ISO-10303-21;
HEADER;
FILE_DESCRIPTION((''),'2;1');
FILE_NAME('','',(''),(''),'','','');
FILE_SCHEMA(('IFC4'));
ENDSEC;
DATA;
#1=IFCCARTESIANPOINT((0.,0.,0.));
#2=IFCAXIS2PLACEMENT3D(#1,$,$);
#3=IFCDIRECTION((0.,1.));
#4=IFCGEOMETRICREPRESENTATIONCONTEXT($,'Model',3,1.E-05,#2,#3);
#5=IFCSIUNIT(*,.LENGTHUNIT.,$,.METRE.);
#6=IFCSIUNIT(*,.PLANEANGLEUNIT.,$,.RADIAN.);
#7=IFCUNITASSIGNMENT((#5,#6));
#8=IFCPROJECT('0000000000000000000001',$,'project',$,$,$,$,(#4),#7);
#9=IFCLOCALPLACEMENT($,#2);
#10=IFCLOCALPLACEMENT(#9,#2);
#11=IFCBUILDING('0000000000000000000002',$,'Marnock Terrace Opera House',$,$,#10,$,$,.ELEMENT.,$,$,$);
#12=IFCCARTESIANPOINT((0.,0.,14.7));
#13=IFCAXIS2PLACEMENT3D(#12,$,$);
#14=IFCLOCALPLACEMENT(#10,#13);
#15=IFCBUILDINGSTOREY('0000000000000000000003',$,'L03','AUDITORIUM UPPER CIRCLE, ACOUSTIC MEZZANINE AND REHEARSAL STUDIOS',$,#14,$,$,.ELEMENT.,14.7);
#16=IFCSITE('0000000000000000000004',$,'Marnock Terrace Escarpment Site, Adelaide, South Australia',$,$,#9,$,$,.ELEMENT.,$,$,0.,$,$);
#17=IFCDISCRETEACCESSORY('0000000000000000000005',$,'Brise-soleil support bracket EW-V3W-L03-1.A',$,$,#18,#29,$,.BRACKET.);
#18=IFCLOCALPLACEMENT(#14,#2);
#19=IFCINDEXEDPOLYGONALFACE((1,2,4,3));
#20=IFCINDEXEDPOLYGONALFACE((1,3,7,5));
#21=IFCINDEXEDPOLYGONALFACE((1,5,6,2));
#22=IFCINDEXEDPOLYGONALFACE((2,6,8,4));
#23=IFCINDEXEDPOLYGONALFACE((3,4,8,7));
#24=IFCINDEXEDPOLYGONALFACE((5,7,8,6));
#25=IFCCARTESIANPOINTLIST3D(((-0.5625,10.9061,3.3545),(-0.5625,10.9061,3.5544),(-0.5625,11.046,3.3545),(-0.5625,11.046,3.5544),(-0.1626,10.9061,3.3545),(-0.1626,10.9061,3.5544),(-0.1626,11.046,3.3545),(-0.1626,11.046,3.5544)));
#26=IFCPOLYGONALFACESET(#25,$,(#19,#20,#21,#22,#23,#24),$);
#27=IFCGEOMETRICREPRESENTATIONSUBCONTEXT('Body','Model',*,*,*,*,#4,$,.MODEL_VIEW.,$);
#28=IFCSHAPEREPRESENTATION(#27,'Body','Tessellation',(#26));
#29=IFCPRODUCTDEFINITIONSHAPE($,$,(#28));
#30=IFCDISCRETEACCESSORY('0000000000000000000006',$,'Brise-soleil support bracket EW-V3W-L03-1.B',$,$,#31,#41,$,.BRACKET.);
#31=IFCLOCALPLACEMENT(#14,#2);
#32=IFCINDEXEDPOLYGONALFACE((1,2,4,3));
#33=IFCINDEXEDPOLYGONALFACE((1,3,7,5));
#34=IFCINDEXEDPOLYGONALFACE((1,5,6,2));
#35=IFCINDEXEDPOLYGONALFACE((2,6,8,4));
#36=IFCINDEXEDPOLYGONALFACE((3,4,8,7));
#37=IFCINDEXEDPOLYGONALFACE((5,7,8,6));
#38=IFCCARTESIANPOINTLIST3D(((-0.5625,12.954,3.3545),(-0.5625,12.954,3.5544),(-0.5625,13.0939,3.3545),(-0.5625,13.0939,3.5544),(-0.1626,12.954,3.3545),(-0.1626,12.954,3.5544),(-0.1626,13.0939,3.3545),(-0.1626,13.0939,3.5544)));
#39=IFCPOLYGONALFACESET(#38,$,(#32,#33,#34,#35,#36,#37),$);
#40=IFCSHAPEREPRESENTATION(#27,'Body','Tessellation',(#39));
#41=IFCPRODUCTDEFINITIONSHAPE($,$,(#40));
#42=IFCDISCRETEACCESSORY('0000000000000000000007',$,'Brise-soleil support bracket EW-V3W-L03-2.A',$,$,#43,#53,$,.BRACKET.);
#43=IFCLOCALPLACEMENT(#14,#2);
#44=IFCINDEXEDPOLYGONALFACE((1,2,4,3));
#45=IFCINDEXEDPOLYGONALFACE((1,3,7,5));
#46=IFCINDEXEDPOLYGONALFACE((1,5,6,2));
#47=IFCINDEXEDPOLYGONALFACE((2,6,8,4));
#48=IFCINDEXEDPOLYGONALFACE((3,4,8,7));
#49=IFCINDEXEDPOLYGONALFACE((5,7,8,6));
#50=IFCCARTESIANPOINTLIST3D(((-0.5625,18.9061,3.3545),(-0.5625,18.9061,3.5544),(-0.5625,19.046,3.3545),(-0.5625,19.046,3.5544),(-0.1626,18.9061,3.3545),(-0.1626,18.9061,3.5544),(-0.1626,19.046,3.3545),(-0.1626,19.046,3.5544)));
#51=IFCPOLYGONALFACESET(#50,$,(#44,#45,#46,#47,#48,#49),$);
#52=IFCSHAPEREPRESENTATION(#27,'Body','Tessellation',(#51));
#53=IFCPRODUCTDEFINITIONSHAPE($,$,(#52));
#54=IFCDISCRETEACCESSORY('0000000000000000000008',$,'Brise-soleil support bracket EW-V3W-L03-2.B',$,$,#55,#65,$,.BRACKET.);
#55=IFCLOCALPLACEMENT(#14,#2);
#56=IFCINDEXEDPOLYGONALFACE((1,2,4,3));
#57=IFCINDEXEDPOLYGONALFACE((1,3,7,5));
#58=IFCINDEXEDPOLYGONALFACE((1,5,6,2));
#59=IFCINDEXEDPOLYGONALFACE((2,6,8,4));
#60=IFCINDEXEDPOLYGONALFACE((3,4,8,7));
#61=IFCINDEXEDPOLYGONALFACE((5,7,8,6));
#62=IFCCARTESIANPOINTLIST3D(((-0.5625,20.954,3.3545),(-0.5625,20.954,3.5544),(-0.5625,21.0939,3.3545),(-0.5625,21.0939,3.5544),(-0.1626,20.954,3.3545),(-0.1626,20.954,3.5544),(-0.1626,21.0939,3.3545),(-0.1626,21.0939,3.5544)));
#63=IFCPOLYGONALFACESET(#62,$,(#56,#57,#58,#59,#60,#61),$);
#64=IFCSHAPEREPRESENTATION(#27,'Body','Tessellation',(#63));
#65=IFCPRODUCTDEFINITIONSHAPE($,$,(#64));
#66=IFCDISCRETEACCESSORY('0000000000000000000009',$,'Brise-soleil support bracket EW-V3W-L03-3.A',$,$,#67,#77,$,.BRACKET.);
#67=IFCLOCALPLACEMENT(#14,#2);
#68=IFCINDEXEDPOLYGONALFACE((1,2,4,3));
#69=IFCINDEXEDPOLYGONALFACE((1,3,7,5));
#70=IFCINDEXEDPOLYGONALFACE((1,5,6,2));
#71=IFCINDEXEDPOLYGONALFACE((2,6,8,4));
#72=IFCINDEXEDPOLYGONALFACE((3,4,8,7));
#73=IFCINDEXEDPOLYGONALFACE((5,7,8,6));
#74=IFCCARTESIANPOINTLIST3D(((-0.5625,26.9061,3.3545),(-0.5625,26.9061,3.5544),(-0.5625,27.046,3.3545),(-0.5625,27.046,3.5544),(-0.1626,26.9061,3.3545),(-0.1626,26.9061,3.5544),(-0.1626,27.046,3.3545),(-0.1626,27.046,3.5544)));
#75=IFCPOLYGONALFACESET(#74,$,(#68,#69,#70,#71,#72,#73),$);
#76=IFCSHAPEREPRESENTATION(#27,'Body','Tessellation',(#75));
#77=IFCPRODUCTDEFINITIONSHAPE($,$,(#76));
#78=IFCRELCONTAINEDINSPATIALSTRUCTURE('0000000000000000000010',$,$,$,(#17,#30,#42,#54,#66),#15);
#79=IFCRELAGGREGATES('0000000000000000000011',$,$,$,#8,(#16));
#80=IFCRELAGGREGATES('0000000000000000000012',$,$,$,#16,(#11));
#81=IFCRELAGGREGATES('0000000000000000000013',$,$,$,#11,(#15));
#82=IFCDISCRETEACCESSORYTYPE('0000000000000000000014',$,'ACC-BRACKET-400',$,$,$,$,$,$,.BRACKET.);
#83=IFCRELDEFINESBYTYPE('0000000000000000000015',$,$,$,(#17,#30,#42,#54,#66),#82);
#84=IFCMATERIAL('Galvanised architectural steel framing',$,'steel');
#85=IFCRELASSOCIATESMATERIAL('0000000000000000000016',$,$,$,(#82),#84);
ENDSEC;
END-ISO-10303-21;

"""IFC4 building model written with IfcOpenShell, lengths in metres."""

from ifc_helpers import new_model, si_unit, direction, frame, origin, origin_2d, place, context, subcontext, project, spatial, rectangle, extrude, material, type_object, element, save


model = new_model("IFC4")

# Units and contexts
model_context = context("Model", 3, precision=1e-05, world=origin(), true_north=direction((0.0, 1.0)))
body_context = subcontext(model_context, "Body", "Model", "MODEL_VIEW")
ifc_project = project(units=[si_unit("LENGTHUNIT", "METRE"), si_unit("PLANEANGLEUNIT", "RADIAN")], contexts=[model_context])

# Site, building, storey
site_placement = place(None, origin())
site = spatial("IfcSite", under=ifc_project, at=site_placement, Name="Marnock Terrace Escarpment Site, Adelaide, South Australia", CompositionType="ELEMENT", RefElevation=0.0)
building_placement = place(site_placement, origin())
building = spatial("IfcBuilding", under=site, at=building_placement, Name="Marnock Terrace Opera House", CompositionType="ELEMENT")
storey_placement = place(building_placement, frame((0.0, 0.0, 14.7)))
storey = spatial("IfcBuildingStorey", under=building, at=storey_placement, Name="L03", Description="AUDITORIUM UPPER CIRCLE, ACOUSTIC MEZZANINE AND REHEARSAL STUDIOS", CompositionType="ELEMENT", Elevation=14.7)

# Discrete accessories
ifc_material_1 = material(Name="Galvanised architectural steel framing", Category="steel")
discrete_accessory_type = type_object("IfcDiscreteAccessoryType", Name="ACC-BRACKET-400", PredefinedType="BRACKET", material=ifc_material_1)
for number, where, z_axis, x_axis, name in (
    (1, (-0.3625, 10.9761, 3.3545), (0.0, 0.0, 1.0), (0.0, 1.0, 0.0), "Brise-soleil support bracket EW-V3W-L03-1.A"),
    (2, (-0.3625, 13.0239, 3.3545), (0.0, 0.0, 1.0), (0.0, 1.0, 0.0), "Brise-soleil support bracket EW-V3W-L03-1.B"),
    (3, (-0.3625, 18.9761, 3.3545), (0.0, 0.0, 1.0), (0.0, 1.0, 0.0), "Brise-soleil support bracket EW-V3W-L03-2.A"),
    (4, (-0.3625, 21.0239, 3.3545), (0.0, 0.0, 1.0), (0.0, 1.0, 0.0), "Brise-soleil support bracket EW-V3W-L03-2.B"),
    (5, (-0.3625, 26.9761, 3.3545), (0.0, 0.0, 1.0), (0.0, 1.0, 0.0), "Brise-soleil support bracket EW-V3W-L03-3.A"),
):
    element("IfcDiscreteAccessory", number, at=place(storey_placement, frame(where, z_axis=z_axis, x_axis=x_axis)), inside=storey, type_object=discrete_accessory_type, Name=name, PredefinedType="BRACKET", context=body_context, shape_type="SweptSolid", body=[
        extrude(rectangle(XDim=0.1399, YDim=0.3999, at=origin_2d()), origin(), (0.0, 0.0, 1.0), 0.2),
    ])

save(model, "model.ifc")
